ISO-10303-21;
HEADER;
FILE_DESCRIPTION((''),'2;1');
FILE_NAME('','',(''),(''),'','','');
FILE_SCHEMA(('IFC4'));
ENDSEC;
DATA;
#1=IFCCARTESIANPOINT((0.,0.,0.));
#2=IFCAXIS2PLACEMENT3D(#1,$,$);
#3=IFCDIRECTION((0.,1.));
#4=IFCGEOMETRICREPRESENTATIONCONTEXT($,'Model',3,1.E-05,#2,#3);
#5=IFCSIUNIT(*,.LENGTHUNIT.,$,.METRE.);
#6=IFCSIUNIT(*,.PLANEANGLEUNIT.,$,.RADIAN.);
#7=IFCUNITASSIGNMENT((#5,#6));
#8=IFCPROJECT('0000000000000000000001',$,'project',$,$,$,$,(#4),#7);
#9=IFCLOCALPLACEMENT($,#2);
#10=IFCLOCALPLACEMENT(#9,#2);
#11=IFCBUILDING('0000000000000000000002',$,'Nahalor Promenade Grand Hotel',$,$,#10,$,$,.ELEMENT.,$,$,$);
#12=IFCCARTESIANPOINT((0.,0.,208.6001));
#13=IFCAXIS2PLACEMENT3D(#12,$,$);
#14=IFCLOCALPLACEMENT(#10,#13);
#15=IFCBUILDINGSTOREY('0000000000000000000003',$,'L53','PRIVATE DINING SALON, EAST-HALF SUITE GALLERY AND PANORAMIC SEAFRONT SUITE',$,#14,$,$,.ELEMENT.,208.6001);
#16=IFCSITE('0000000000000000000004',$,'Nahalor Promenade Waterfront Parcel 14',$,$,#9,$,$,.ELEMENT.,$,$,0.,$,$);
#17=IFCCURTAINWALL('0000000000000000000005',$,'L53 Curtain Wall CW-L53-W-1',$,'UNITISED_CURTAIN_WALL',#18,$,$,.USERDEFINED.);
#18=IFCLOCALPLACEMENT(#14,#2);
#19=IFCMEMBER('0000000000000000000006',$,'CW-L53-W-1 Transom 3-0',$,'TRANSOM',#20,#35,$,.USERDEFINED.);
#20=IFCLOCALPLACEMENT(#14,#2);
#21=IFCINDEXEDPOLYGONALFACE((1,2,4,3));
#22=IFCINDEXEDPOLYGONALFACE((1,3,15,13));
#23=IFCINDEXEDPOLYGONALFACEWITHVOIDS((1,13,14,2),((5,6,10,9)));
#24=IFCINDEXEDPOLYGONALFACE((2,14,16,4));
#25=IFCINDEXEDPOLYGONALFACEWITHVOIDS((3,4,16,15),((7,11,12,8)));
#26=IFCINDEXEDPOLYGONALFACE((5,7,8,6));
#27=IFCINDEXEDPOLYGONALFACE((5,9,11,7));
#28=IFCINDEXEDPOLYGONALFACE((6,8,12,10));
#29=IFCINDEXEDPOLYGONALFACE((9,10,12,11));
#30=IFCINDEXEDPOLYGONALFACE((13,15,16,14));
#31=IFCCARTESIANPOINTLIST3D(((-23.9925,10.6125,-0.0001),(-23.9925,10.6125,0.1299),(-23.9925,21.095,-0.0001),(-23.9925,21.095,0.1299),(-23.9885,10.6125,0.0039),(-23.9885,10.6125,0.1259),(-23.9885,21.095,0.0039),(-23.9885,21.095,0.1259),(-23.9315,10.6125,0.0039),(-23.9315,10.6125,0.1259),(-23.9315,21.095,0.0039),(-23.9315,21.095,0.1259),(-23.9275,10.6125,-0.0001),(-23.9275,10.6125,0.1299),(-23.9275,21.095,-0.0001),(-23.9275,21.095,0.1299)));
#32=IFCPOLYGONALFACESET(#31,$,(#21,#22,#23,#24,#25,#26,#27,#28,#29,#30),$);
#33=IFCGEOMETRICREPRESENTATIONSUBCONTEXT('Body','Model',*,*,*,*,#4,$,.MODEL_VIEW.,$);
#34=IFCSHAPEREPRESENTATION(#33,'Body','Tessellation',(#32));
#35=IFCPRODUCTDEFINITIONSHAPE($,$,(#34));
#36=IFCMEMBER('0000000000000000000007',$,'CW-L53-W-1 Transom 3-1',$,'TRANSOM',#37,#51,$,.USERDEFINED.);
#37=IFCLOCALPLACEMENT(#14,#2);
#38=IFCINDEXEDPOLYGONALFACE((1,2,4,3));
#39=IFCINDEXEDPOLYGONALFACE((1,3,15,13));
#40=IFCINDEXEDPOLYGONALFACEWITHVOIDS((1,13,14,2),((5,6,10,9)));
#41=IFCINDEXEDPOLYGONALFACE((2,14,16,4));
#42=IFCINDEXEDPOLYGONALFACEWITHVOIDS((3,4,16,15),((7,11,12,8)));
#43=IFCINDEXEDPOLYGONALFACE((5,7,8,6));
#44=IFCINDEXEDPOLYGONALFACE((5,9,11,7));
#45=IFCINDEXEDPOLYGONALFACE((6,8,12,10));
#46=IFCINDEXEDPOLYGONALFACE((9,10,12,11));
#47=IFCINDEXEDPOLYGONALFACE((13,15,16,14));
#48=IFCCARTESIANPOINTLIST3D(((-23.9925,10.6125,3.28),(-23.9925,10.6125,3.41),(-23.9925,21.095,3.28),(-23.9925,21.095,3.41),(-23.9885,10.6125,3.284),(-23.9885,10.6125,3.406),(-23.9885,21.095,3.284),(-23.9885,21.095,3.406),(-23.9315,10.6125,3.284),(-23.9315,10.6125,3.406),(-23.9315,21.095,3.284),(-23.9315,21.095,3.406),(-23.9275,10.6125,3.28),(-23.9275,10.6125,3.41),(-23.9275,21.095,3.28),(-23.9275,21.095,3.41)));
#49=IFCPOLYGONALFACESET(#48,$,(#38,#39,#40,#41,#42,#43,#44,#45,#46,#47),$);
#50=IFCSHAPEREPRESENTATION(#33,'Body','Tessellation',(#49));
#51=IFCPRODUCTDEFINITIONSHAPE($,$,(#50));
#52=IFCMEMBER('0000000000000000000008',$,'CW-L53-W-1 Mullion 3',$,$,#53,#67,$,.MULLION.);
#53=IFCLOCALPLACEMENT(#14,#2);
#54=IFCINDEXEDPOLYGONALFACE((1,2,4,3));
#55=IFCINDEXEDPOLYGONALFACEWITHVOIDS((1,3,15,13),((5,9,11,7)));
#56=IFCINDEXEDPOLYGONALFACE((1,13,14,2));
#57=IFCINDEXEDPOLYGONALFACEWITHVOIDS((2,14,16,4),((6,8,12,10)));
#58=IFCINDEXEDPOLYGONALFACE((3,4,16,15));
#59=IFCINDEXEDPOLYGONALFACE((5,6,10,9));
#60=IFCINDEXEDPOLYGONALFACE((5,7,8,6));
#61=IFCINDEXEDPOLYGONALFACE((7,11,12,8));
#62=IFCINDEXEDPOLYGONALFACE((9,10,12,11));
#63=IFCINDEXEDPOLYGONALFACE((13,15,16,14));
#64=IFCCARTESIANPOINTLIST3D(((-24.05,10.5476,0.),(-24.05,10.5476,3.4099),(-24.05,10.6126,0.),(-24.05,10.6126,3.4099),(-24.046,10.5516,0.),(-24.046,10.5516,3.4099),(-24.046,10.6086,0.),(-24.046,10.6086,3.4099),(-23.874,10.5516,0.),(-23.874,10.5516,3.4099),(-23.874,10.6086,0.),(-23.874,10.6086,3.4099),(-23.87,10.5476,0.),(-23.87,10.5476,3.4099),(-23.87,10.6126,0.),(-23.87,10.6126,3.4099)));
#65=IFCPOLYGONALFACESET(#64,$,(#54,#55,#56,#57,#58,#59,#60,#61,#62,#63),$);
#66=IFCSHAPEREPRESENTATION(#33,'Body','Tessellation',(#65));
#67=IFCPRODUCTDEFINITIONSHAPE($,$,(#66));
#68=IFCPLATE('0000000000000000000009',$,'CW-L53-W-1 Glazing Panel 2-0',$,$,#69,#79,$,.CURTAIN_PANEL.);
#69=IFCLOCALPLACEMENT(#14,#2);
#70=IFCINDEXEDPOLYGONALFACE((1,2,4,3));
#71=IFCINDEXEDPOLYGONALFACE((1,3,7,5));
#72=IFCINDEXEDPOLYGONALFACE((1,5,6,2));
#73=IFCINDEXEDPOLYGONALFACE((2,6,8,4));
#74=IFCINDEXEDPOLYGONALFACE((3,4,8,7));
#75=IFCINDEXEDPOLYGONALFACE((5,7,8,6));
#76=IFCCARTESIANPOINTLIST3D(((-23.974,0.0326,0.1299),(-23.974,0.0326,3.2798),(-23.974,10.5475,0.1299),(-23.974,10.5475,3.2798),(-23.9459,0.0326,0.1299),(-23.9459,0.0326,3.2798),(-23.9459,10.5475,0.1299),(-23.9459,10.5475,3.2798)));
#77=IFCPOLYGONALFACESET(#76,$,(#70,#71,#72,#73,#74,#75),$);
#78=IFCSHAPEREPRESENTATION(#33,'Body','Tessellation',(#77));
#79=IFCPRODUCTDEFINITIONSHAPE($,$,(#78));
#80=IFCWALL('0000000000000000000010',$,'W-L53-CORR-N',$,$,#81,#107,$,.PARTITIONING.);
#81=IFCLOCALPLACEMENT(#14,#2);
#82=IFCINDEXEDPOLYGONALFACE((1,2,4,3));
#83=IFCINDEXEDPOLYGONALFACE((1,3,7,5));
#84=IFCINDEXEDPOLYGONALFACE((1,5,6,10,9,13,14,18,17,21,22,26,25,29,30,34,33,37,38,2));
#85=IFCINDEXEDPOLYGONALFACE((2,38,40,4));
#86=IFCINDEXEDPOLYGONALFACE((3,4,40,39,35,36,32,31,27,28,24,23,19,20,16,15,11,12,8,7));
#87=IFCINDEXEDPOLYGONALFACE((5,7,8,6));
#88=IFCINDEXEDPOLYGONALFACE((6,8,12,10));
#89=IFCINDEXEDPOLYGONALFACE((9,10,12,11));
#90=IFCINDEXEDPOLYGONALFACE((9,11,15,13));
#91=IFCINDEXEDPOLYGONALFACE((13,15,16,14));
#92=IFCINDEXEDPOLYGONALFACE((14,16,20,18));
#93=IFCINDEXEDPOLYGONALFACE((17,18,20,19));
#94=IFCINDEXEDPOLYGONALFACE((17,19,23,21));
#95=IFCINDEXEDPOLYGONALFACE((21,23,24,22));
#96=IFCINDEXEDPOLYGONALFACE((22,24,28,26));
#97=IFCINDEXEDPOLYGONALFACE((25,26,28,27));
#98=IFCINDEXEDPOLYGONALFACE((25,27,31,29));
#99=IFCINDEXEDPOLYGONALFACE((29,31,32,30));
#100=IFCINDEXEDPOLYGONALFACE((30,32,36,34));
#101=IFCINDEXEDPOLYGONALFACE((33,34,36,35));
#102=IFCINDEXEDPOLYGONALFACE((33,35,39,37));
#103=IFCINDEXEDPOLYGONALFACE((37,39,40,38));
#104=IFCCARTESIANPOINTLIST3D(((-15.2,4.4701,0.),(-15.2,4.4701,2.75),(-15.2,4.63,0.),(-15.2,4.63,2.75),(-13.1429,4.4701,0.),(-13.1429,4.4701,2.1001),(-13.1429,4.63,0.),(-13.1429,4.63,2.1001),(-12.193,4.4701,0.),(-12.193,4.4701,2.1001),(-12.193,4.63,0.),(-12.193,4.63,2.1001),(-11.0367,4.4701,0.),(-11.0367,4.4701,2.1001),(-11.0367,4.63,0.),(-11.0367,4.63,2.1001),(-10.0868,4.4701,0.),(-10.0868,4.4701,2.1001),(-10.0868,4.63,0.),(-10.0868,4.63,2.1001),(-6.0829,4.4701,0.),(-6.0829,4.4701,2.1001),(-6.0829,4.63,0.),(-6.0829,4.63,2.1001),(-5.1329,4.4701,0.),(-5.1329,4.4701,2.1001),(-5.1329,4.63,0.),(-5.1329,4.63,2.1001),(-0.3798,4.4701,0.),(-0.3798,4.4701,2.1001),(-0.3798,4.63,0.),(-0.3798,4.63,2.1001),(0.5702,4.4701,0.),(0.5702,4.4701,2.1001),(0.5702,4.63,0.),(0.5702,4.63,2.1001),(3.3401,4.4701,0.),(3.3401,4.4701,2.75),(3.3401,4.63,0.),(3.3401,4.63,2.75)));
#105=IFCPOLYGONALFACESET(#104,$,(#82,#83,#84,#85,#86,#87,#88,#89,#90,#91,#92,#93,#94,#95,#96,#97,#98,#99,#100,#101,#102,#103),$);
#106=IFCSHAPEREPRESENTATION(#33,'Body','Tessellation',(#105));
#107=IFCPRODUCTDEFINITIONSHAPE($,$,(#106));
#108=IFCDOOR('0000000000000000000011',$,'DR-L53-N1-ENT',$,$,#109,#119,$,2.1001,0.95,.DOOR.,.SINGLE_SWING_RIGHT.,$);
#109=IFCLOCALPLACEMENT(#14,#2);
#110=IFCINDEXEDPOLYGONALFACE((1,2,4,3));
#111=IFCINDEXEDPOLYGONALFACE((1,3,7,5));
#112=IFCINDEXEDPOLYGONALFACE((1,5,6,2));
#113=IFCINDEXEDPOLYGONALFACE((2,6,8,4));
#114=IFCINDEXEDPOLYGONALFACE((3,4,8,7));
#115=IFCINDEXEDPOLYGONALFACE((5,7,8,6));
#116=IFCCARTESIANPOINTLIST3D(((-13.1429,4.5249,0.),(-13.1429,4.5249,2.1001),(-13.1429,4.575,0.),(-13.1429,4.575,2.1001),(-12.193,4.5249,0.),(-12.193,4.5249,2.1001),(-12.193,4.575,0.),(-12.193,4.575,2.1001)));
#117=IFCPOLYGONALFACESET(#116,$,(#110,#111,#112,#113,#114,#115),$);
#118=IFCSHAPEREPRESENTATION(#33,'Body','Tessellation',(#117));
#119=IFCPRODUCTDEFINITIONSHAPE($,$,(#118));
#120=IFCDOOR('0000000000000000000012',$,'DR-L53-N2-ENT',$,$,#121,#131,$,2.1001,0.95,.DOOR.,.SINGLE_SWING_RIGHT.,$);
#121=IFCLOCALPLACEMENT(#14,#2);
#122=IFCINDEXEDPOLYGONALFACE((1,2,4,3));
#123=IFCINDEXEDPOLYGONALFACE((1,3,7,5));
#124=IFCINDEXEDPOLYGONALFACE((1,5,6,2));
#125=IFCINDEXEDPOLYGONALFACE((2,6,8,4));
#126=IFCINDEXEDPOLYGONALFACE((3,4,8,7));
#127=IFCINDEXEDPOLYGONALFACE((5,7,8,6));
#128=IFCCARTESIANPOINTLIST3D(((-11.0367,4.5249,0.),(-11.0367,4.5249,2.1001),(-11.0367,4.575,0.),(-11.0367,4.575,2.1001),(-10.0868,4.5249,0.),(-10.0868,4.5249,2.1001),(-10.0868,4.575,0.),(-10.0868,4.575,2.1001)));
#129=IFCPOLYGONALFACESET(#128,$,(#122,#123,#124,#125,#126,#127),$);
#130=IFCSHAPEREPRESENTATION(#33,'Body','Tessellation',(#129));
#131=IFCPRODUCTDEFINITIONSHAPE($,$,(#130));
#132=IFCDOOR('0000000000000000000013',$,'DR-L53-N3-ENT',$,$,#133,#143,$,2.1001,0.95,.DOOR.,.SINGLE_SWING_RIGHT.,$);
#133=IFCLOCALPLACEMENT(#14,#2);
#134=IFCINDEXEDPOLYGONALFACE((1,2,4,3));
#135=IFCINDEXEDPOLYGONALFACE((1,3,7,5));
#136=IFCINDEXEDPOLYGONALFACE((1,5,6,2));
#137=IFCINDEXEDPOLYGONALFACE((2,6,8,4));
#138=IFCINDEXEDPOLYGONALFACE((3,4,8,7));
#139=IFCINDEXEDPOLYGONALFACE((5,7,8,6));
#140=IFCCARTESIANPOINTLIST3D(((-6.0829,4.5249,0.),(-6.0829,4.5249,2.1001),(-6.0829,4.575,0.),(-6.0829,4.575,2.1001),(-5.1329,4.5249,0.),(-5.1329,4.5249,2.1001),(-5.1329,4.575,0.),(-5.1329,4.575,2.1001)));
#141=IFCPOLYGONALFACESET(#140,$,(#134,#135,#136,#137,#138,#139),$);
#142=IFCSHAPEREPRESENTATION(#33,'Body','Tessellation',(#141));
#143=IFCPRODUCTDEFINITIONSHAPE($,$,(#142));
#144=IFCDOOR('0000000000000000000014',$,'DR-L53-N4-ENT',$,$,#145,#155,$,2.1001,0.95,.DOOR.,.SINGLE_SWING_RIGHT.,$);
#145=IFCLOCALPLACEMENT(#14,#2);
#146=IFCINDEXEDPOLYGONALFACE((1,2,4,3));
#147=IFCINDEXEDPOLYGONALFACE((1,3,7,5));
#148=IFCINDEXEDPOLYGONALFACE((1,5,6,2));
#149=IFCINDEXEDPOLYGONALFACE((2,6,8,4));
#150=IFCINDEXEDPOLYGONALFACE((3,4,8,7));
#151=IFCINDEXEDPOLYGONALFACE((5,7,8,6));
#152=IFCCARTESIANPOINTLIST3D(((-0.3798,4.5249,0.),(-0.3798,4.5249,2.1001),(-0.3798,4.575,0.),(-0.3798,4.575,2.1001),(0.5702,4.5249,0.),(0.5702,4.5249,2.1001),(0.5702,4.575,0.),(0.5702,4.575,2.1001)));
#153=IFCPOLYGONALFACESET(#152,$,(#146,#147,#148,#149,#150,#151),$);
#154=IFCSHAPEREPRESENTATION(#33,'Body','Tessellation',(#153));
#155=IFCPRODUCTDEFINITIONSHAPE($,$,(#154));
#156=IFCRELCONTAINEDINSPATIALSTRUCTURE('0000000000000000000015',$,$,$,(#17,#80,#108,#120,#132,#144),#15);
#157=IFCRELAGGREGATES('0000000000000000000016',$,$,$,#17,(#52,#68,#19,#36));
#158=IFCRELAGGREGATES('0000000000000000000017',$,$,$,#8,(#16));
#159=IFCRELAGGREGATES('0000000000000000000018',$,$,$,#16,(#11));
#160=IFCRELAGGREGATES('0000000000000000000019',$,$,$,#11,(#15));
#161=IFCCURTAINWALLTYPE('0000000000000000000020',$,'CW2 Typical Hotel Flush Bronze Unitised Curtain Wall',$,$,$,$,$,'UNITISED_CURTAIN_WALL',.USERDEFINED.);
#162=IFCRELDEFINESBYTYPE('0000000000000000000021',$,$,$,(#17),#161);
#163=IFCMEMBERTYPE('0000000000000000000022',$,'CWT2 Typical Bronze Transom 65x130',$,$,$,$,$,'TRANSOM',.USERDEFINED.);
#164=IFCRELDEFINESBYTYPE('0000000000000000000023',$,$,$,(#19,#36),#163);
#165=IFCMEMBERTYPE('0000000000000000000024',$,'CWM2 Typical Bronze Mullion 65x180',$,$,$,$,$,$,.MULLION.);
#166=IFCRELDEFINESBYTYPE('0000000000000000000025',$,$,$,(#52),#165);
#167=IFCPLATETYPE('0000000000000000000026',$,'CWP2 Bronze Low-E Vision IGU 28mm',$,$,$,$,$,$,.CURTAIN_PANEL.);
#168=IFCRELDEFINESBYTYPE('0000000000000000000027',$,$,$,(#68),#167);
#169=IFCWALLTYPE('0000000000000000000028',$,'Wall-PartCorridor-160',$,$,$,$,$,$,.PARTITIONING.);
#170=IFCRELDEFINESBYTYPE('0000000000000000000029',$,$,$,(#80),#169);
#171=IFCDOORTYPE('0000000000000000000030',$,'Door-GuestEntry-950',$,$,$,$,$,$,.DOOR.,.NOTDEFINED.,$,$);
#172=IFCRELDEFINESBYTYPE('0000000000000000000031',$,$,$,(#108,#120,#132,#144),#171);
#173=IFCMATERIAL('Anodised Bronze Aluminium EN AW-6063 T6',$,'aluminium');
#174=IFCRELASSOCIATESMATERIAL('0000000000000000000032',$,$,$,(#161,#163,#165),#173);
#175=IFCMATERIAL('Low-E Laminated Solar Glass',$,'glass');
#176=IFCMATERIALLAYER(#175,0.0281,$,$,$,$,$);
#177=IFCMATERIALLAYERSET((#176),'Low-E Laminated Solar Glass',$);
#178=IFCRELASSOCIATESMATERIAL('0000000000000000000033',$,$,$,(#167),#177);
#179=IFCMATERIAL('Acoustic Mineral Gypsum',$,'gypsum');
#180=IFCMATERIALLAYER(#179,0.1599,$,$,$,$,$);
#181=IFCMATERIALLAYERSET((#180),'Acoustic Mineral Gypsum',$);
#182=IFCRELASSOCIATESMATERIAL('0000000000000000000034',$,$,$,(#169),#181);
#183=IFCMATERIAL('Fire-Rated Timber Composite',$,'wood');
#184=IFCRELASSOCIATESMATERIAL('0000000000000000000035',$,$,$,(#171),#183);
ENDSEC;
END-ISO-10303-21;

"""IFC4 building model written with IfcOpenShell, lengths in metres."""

from ifc_helpers import new_model, si_unit, direction, frame, frame_2d, origin, origin_2d, place, context, subcontext, project, spatial, rectangle, hollow_rectangle, extrude, source, transform, mapped, material, layer, layer_set, material_profile, profile_set, type_object, element, fill, aggregate, save


model = new_model("IFC4")

# Units and contexts
model_context = context("Model", 3, precision=1e-05, world=origin(), true_north=direction((0.0, 1.0)))
body_context = subcontext(model_context, "Body", "Model", "MODEL_VIEW")
ifc_project = project(units=[si_unit("LENGTHUNIT", "METRE"), si_unit("PLANEANGLEUNIT", "RADIAN")], contexts=[model_context])

# Site, building, storey
site_placement = place(None, origin())
site = spatial("IfcSite", under=ifc_project, at=site_placement, Name="Nahalor Promenade Waterfront Parcel 14", CompositionType="ELEMENT", RefElevation=0.0)
building_placement = place(site_placement, origin())
building = spatial("IfcBuilding", under=site, at=building_placement, Name="Nahalor Promenade Grand Hotel", CompositionType="ELEMENT")
storey_placement = place(building_placement, frame((0.0, 0.0, 208.6001)))
storey = spatial("IfcBuildingStorey", under=building, at=storey_placement, Name="L53", Description="PRIVATE DINING SALON, EAST-HALF SUITE GALLERY AND PANORAMIC SEAFRONT SUITE", CompositionType="ELEMENT", Elevation=208.6001)

# Curtain wall, members, plate
ifc_material_1 = material(Name="Anodised Bronze Aluminium EN AW-6063 T6", Category="aluminium")
curtain_wall_type = type_object("IfcCurtainWallType", Name="CW2 Typical Hotel Flush Bronze Unitised Curtain Wall", ElementType="UNITISED_CURTAIN_WALL", PredefinedType="USERDEFINED", material=ifc_material_1)
curtain_wall_placement = place(storey_placement, origin())
curtain_wall = element("IfcCurtainWall", 1, at=curtain_wall_placement, inside=storey, type_object=curtain_wall_type, Name="L53 Curtain Wall CW-L53-W-1", ObjectType="UNITISED_CURTAIN_WALL", PredefinedType="USERDEFINED")
ifc_material_profile_1 = material_profile(ifc_material_1, hollow_rectangle(XDim=0.065, YDim=0.13, WallThickness=0.004, at=origin_2d()), Name="CWT 65x130x4")
ifc_profile_set_1 = profile_set([ifc_material_profile_1], Name="Anodised Bronze Aluminium EN AW-6063 T6")
member_type_1 = type_object("IfcMemberType", Name="CWT2 Typical Bronze Transom 65x130", ElementType="TRANSOM", PredefinedType="USERDEFINED", material=ifc_profile_set_1)
shared_shape_1 = source(origin(), body_context, "Body", "SweptSolid", [
    extrude(hollow_rectangle(XDim=0.065, YDim=0.13, WallThickness=0.004, at=origin_2d()), origin(), (0.0, 0.0, 1.0), 10.4824),
])
member_1_placement = place(storey_placement, frame((-23.96, 10.6125, 0.0649), z_axis=(0.0, 1.0, 0.0), x_axis=(-1.0, 0.0, 0.0)))
member_1 = element("IfcMember", 2, at=member_1_placement, type_object=member_type_1, Name="CW-L53-W-1 Transom 3-0", ObjectType="TRANSOM", PredefinedType="USERDEFINED", context=body_context, shape_type="MappedRepresentation", body=[
    mapped(shared_shape_1, transform((0.0, 0.0, 0.0), scale=1.0)),
])
member_2_placement = place(storey_placement, frame((-23.96, 10.6125, 3.345), z_axis=(0.0, 1.0, 0.0), x_axis=(-1.0, 0.0, 0.0)))
member_2 = element("IfcMember", 3, at=member_2_placement, type_object=member_type_1, Name="CW-L53-W-1 Transom 3-1", ObjectType="TRANSOM", PredefinedType="USERDEFINED", context=body_context, shape_type="MappedRepresentation", body=[
    mapped(shared_shape_1, transform((0.0, 0.0, 0.0), scale=1.0)),
])
ifc_material_profile_2 = material_profile(ifc_material_1, hollow_rectangle(XDim=0.065, YDim=0.18, WallThickness=0.004, at=origin_2d()), Name="CWM 65x180x4")
ifc_profile_set_2 = profile_set([ifc_material_profile_2], Name="Anodised Bronze Aluminium EN AW-6063 T6")
member_type_2 = type_object("IfcMemberType", Name="CWM2 Typical Bronze Mullion 65x180", PredefinedType="MULLION", material=ifc_profile_set_2)
shared_shape_2 = source(origin(), body_context, "Body", "SweptSolid", [
    extrude(hollow_rectangle(XDim=0.065, YDim=0.18, WallThickness=0.004, at=origin_2d()), origin(), (0.0, 0.0, 1.0), 3.4099),
])
member_3_placement = place(storey_placement, frame((-23.96, 10.5801, 0.0), z_axis=(0.0, 0.0, 1.0), x_axis=(0.0, 1.0, 0.0)))
member_3 = element("IfcMember", 4, at=member_3_placement, type_object=member_type_2, Name="CW-L53-W-1 Mullion 3", PredefinedType="MULLION", context=body_context, shape_type="MappedRepresentation", body=[
    mapped(shared_shape_2, transform((0.0, 0.0, 0.0), scale=1.0)),
])
ifc_material_2 = material(Name="Low-E Laminated Solar Glass", Category="glass")
ifc_layer_1 = layer(ifc_material_2, 0.0281)
ifc_layer_set_1 = layer_set([ifc_layer_1], Name="Low-E Laminated Solar Glass")
plate_type = type_object("IfcPlateType", Name="CWP2 Bronze Low-E Vision IGU 28mm", PredefinedType="CURTAIN_PANEL", material=ifc_layer_set_1)
shared_shape_3 = source(origin(), body_context, "Body", "SweptSolid", [
    extrude(rectangle(XDim=10.5149, YDim=0.0281, at=origin_2d()), origin(), (0.0, 0.0, 1.0), 3.1499),
])
plate_placement = place(storey_placement, frame((-23.96, 5.29, 0.1299), z_axis=(0.0, 0.0, 1.0), x_axis=(0.0, 1.0, 0.0)))
plate = element("IfcPlate", 5, at=plate_placement, type_object=plate_type, Name="CW-L53-W-1 Glazing Panel 2-0", PredefinedType="CURTAIN_PANEL", context=body_context, shape_type="MappedRepresentation", body=[
    mapped(shared_shape_3, transform((0.0, 0.0, 0.0), scale=1.0)),
])
aggregate(curtain_wall, [member_3, plate, member_1, member_2])

# Wall, openings, doors
ifc_material_3 = material(Name="Acoustic Mineral Gypsum", Category="gypsum")
ifc_layer_2 = layer(ifc_material_3, 0.1599)
ifc_layer_set_2 = layer_set([ifc_layer_2], Name="Acoustic Mineral Gypsum")
wall_type = type_object("IfcWallType", Name="Wall-PartCorridor-160", PredefinedType="PARTITIONING", material=ifc_layer_set_2)
shared_shape_4 = source(origin(), body_context, "Body", "SweptSolid", [
    extrude(rectangle(XDim=18.54, YDim=0.1599, at=frame_2d((9.27, 0.0))), origin(), (0.0, 0.0, 1.0), 2.75),
])
wall_placement = place(storey_placement, frame((-15.2, 4.55, 0.0), z_axis=(0.0, 0.0, 1.0), x_axis=(1.0, 0.0, 0.0)))
wall = element("IfcWall", 6, at=wall_placement, inside=storey, type_object=wall_type, Name="W-L53-CORR-N", PredefinedType="PARTITIONING", context=body_context, shape_type="MappedRepresentation", body=[
    mapped(shared_shape_4, transform((0.0, 0.0, 0.0), scale=1.0)),
])
opening_1_placement = place(wall_placement, frame((2.0569, 0.0, 0.0)))
opening_1 = element("IfcOpeningElement", 7, at=opening_1_placement, cuts=wall, PredefinedType="OPENING", context=body_context, shape_type="SweptSolid", body=[
    extrude(rectangle(XDim=0.95, YDim=2.1001, at=frame_2d((0.4751, 1.05))), frame((0.0, 0.0898, 0.0), z_axis=(0.0, -1.0, 0.0), x_axis=(1.0, 0.0, 0.0)), (0.0, 0.0, 1.0), 0.1799),
])
opening_2_placement = place(wall_placement, frame((4.1631, 0.0, 0.0)))
opening_2 = element("IfcOpeningElement", 8, at=opening_2_placement, cuts=wall, PredefinedType="OPENING", context=body_context, shape_type="SweptSolid", body=[
    extrude(rectangle(XDim=0.95, YDim=2.1001, at=frame_2d((0.4751, 1.05))), frame((0.0, 0.0898, 0.0), z_axis=(0.0, -1.0, 0.0), x_axis=(1.0, 0.0, 0.0)), (0.0, 0.0, 1.0), 0.1799),
])
opening_3_placement = place(wall_placement, frame((9.1169, 0.0, 0.0)))
opening_3 = element("IfcOpeningElement", 9, at=opening_3_placement, cuts=wall, PredefinedType="OPENING", context=body_context, shape_type="SweptSolid", body=[
    extrude(rectangle(XDim=0.95, YDim=2.1001, at=frame_2d((0.4751, 1.05))), frame((0.0, 0.0898, 0.0), z_axis=(0.0, -1.0, 0.0), x_axis=(1.0, 0.0, 0.0)), (0.0, 0.0, 1.0), 0.1799),
])
opening_4_placement = place(wall_placement, frame((14.8201, 0.0, 0.0)))
opening_4 = element("IfcOpeningElement", 10, at=opening_4_placement, cuts=wall, PredefinedType="OPENING", context=body_context, shape_type="SweptSolid", body=[
    extrude(rectangle(XDim=0.95, YDim=2.1001, at=frame_2d((0.4751, 1.05))), frame((0.0, 0.0898, 0.0), z_axis=(0.0, -1.0, 0.0), x_axis=(1.0, 0.0, 0.0)), (0.0, 0.0, 1.0), 0.1799),
])
ifc_material_4 = material(Name="Fire-Rated Timber Composite", Category="wood")
door_type = type_object("IfcDoorType", Name="Door-GuestEntry-950", OperationType="NOTDEFINED", PredefinedType="DOOR", material=ifc_material_4)
shared_shape_5 = source(origin(), body_context, "Body", "SweptSolid", [
    extrude(rectangle(XDim=0.95, YDim=2.1001, at=frame_2d((0.4751, 1.05))), frame((0.0, 0.0249, 0.0), z_axis=(0.0, -1.0, 0.0), x_axis=(1.0, 0.0, 0.0)), (0.0, 0.0, 1.0), 0.05),
])
door_1_placement = place(opening_1_placement, origin())
door_1 = element("IfcDoor", 11, at=door_1_placement, inside=storey, type_object=door_type, Name="DR-L53-N1-ENT", OperationType="SINGLE_SWING_RIGHT", OverallHeight=2.1001, OverallWidth=0.95, PredefinedType="DOOR", context=body_context, shape_type="MappedRepresentation", body=[
    mapped(shared_shape_5, transform((0.0, 0.0, 0.0), scale=1.0)),
])
fill(opening_1, door_1)
door_2_placement = place(opening_2_placement, origin())
door_2 = element("IfcDoor", 12, at=door_2_placement, inside=storey, type_object=door_type, Name="DR-L53-N2-ENT", OperationType="SINGLE_SWING_RIGHT", OverallHeight=2.1001, OverallWidth=0.95, PredefinedType="DOOR", context=body_context, shape_type="MappedRepresentation", body=[
    mapped(shared_shape_5, transform((0.0, 0.0, 0.0), scale=1.0)),
])
fill(opening_2, door_2)
door_3_placement = place(opening_3_placement, origin())
door_3 = element("IfcDoor", 13, at=door_3_placement, inside=storey, type_object=door_type, Name="DR-L53-N3-ENT", OperationType="SINGLE_SWING_RIGHT", OverallHeight=2.1001, OverallWidth=0.95, PredefinedType="DOOR", context=body_context, shape_type="MappedRepresentation", body=[
    mapped(shared_shape_5, transform((0.0, 0.0, 0.0), scale=1.0)),
])
fill(opening_3, door_3)
door_4_placement = place(opening_4_placement, origin())
door_4 = element("IfcDoor", 14, at=door_4_placement, inside=storey, type_object=door_type, Name="DR-L53-N4-ENT", OperationType="SINGLE_SWING_RIGHT", OverallHeight=2.1001, OverallWidth=0.95, PredefinedType="DOOR", context=body_context, shape_type="MappedRepresentation", body=[
    mapped(shared_shape_5, transform((0.0, 0.0, 0.0), scale=1.0)),
])
fill(opening_4, door_4)

save(model, "model.ifc")
